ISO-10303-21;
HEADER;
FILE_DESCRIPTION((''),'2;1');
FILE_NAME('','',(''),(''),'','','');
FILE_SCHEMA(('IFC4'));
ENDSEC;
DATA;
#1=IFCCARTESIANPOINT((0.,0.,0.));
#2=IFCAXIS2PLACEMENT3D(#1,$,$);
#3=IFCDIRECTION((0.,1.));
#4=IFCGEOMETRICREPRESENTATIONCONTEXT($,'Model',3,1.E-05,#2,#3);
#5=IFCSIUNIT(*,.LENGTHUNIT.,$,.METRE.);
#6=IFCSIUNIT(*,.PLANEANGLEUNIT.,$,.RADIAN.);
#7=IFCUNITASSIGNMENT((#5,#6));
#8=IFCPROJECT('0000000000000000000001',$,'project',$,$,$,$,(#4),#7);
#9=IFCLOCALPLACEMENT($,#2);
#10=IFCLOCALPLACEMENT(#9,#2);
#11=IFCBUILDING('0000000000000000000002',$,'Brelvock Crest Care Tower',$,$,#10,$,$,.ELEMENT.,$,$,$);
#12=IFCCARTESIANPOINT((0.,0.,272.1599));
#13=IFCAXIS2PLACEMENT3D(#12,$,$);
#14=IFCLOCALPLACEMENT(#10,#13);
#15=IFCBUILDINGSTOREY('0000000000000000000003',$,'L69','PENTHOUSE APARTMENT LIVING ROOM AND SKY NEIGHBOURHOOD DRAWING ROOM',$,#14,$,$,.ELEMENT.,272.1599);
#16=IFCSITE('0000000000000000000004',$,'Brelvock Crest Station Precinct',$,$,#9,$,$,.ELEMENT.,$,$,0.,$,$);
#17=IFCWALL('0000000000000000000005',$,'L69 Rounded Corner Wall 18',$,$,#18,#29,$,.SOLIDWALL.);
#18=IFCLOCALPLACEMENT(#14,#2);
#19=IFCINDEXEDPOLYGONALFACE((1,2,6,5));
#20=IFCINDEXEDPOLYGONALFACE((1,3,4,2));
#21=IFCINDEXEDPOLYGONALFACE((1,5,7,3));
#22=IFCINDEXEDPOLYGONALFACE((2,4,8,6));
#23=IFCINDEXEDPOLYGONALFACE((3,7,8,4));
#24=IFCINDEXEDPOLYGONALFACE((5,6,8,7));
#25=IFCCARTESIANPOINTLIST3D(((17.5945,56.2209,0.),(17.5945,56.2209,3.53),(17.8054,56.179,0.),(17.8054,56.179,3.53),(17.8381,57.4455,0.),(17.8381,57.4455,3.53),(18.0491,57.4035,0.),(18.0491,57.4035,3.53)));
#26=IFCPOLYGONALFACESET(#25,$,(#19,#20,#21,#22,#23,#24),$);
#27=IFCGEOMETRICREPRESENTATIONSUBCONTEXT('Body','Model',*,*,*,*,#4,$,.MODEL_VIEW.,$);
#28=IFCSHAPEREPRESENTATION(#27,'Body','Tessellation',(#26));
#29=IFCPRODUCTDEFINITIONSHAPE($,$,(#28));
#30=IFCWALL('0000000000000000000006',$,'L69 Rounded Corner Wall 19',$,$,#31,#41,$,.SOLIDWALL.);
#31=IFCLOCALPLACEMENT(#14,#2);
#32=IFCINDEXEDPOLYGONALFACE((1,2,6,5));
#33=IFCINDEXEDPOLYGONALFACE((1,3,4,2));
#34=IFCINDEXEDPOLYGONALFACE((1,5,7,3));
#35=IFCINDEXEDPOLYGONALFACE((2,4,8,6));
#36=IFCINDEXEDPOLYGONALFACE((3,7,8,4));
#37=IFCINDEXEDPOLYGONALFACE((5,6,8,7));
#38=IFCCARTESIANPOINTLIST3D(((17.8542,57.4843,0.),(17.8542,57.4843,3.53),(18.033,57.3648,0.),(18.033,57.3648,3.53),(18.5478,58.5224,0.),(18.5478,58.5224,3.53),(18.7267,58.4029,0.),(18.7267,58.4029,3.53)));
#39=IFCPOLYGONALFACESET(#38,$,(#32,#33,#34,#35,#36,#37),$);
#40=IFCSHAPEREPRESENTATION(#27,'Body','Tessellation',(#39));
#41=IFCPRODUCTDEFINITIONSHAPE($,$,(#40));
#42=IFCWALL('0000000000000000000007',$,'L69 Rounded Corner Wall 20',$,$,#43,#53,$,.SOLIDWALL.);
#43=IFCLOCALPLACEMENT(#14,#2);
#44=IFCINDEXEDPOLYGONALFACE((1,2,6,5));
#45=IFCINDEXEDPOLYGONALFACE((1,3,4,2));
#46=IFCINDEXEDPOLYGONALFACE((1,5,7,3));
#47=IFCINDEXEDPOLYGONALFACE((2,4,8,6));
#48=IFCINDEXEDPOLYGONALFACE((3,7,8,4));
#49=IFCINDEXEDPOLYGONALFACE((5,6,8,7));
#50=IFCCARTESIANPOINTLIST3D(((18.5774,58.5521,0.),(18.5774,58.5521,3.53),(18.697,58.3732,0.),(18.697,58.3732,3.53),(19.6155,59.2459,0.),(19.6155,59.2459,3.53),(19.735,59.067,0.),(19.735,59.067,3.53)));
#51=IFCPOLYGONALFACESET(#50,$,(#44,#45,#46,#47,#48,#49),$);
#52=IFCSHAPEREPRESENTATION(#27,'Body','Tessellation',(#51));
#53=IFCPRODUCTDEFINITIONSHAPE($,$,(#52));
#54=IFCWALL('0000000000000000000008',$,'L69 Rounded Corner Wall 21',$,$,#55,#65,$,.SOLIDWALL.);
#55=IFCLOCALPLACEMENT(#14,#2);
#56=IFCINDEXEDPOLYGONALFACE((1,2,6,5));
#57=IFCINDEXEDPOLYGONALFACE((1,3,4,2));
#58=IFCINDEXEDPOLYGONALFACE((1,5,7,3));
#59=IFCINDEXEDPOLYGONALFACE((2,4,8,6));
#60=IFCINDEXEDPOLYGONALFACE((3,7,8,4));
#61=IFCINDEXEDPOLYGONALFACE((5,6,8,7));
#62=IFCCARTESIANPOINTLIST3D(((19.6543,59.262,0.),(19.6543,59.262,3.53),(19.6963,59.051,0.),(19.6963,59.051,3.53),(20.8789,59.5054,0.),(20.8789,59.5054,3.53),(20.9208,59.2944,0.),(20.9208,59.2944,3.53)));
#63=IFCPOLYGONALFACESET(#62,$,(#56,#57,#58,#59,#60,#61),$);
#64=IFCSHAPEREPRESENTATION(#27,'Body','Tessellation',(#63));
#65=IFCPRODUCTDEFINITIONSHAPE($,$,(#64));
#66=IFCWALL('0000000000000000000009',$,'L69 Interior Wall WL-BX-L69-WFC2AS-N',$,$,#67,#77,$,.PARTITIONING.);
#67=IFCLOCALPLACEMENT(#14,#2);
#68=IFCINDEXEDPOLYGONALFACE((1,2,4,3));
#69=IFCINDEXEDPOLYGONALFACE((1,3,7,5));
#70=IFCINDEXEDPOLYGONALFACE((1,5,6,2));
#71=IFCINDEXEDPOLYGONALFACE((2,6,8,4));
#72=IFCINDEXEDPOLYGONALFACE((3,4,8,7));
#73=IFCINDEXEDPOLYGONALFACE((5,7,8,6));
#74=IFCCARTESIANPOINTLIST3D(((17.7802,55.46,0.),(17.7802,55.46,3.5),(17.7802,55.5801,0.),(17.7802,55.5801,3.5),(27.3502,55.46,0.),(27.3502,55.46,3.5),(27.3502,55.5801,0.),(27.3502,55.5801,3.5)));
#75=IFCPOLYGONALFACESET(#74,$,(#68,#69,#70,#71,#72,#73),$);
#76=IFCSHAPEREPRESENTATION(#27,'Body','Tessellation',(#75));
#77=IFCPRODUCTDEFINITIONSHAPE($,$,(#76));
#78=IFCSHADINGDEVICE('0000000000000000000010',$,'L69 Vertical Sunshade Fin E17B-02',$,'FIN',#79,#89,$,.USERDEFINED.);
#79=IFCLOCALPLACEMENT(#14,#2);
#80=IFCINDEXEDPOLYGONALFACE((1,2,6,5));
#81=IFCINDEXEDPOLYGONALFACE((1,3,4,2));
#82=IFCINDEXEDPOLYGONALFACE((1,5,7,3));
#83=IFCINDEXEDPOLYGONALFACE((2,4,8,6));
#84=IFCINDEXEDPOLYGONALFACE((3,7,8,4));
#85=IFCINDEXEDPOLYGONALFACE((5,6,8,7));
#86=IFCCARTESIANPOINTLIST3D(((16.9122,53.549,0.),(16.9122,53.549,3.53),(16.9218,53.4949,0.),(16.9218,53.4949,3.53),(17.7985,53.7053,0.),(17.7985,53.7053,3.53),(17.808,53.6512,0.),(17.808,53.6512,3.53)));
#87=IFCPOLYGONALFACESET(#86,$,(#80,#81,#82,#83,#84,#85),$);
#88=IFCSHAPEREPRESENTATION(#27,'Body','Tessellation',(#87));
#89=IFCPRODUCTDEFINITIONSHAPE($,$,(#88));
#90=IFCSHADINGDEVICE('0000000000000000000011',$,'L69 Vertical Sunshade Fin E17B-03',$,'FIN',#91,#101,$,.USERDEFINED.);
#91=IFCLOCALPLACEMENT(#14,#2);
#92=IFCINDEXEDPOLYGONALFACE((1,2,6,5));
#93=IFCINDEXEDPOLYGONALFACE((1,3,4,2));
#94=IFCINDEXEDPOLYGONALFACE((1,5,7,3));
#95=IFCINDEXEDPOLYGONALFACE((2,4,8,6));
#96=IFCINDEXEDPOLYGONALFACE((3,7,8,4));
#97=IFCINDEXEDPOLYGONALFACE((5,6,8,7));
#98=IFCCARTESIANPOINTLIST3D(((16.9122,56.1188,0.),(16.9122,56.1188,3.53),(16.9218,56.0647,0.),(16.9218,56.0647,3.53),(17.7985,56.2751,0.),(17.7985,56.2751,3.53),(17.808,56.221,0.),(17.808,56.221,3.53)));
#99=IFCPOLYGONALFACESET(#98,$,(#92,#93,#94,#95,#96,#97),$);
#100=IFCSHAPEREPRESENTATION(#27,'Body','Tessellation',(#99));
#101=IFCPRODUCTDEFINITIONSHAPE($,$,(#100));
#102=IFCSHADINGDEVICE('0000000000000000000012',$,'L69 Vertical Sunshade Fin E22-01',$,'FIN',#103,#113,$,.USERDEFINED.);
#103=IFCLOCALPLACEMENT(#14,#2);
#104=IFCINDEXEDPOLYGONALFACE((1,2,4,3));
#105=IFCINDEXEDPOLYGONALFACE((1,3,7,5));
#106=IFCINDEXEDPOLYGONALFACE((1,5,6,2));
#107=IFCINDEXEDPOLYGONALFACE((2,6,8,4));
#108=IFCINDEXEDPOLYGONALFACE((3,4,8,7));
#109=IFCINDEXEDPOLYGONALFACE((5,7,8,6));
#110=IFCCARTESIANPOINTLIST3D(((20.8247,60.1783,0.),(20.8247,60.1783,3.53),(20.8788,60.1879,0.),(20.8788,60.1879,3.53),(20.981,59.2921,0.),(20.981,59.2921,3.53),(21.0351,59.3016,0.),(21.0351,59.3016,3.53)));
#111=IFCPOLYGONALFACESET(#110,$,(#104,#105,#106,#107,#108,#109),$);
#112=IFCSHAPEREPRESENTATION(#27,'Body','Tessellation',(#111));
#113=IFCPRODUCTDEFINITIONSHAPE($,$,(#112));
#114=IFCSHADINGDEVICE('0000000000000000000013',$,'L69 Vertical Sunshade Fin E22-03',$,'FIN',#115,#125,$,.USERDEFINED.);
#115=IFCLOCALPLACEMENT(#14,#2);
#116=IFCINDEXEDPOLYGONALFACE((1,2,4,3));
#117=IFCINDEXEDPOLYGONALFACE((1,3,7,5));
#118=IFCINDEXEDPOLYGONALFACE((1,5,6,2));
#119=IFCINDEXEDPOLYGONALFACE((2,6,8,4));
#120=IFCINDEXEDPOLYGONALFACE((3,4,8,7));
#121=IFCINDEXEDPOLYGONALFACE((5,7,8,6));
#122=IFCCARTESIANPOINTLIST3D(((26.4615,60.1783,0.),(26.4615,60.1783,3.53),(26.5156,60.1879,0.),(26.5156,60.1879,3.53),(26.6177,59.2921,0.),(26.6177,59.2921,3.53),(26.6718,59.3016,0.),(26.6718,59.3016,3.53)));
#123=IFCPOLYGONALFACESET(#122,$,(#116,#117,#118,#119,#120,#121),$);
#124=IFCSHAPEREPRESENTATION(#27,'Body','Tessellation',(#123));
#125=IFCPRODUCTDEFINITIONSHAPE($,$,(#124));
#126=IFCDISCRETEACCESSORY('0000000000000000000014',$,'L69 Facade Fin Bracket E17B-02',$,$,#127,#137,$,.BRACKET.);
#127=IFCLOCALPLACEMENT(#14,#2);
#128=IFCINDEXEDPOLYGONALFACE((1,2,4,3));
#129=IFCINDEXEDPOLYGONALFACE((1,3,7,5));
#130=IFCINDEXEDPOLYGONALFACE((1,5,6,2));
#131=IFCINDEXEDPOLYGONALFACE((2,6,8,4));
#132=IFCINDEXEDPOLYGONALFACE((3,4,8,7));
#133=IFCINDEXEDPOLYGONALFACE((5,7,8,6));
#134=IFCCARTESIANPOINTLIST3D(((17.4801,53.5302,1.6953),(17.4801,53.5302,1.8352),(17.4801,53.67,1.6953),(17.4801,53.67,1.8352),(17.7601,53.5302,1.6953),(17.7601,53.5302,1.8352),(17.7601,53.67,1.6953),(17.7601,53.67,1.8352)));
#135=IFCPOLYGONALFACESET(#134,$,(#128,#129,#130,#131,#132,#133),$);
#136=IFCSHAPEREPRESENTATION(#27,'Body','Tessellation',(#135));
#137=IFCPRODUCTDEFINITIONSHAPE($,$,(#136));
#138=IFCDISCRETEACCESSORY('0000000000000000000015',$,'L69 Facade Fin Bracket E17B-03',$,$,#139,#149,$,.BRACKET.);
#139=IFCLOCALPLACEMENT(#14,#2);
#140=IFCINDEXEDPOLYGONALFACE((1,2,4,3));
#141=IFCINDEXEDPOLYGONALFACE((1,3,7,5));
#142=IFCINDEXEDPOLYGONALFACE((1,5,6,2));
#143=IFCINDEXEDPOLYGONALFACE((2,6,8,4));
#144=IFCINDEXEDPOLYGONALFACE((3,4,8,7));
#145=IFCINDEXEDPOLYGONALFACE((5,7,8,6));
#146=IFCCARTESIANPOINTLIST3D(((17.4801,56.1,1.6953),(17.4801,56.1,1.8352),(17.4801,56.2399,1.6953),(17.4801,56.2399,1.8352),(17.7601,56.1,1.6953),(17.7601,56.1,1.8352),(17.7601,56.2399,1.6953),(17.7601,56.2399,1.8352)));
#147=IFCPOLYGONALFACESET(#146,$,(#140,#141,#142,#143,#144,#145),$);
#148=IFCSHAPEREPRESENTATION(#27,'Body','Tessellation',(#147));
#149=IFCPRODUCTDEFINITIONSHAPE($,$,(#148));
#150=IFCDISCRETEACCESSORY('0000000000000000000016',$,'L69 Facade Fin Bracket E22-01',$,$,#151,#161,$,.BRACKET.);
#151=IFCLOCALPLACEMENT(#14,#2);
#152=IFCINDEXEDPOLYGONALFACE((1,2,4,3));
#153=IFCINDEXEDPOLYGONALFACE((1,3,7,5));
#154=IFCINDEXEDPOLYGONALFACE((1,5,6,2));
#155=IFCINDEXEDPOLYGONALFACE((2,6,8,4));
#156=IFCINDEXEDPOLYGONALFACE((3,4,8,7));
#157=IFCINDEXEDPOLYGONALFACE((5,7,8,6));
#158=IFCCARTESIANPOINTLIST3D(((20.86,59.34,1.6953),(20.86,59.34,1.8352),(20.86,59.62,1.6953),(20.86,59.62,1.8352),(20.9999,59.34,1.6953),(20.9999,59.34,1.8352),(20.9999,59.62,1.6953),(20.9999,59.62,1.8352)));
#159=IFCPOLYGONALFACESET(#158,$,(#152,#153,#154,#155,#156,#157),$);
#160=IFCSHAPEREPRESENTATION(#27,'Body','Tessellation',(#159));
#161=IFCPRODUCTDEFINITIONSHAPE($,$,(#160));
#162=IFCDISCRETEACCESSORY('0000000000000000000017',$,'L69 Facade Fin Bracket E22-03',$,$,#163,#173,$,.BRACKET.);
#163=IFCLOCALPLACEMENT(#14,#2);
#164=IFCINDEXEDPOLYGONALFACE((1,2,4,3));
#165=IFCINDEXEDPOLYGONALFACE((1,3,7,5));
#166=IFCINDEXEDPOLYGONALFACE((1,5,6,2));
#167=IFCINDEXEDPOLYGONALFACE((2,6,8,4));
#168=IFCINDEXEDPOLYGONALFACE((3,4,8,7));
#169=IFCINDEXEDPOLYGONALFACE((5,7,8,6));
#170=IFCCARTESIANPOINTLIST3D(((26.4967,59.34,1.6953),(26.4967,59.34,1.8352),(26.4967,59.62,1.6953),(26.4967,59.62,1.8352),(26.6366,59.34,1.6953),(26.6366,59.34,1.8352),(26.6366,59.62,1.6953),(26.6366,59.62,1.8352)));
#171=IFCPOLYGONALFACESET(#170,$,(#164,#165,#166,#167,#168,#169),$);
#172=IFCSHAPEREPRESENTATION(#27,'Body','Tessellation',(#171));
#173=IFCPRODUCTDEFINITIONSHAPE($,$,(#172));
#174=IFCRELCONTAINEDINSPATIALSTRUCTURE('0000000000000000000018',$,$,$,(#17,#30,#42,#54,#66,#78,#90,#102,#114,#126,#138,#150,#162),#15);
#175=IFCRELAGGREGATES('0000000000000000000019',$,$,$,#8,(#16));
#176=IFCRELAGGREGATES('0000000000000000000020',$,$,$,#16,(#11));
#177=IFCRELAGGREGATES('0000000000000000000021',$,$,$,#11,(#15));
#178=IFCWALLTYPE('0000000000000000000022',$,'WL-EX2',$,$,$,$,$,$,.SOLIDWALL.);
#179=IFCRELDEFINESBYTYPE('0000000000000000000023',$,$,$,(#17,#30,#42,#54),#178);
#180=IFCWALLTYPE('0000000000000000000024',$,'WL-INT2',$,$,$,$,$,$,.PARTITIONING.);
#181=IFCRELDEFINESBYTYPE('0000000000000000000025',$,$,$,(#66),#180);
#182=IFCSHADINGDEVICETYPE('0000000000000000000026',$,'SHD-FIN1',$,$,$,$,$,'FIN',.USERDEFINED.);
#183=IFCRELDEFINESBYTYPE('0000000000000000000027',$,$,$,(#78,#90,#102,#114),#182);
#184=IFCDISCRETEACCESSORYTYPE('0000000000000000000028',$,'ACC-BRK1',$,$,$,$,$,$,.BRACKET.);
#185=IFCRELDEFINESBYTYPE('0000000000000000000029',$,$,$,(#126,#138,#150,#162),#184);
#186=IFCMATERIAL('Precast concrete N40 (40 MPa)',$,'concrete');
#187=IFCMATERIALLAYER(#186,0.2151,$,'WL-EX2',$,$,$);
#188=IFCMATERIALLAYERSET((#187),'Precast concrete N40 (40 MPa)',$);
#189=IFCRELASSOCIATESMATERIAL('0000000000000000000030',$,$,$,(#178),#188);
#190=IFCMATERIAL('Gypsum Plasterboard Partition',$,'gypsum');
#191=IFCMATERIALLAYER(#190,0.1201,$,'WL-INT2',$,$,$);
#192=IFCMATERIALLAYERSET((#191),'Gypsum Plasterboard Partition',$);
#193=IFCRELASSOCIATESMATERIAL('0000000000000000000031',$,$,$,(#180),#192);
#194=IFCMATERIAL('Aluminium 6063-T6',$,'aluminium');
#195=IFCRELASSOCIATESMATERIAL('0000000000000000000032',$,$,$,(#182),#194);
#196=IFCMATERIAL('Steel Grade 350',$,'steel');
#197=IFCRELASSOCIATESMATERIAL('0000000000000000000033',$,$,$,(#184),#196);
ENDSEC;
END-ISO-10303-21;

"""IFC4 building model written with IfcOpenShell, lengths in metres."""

from ifc_helpers import new_model, si_unit, direction, frame, frame_2d, origin, origin_2d, place, context, subcontext, project, spatial, rectangle, extrude, source, transform, mapped, material, layer, layer_set, material_profile, profile_set, type_object, element, save


model = new_model("IFC4")

# Units and contexts
model_context = context("Model", 3, precision=1e-05, world=origin(), true_north=direction((0.0, 1.0)))
body_context = subcontext(model_context, "Body", "Model", "MODEL_VIEW")
ifc_project = project(units=[si_unit("LENGTHUNIT", "METRE"), si_unit("PLANEANGLEUNIT", "RADIAN")], contexts=[model_context])

# Site, building, storey
site_placement = place(None, origin())
site = spatial("IfcSite", under=ifc_project, at=site_placement, Name="Brelvock Crest Station Precinct", CompositionType="ELEMENT", RefElevation=0.0)
building_placement = place(site_placement, origin())
building = spatial("IfcBuilding", under=site, at=building_placement, Name="Brelvock Crest Care Tower", CompositionType="ELEMENT")
storey_placement = place(building_placement, frame((0.0, 0.0, 272.1599)))
storey = spatial("IfcBuildingStorey", under=building, at=storey_placement, Name="L69", Description="PENTHOUSE APARTMENT LIVING ROOM AND SKY NEIGHBOURHOOD DRAWING ROOM", CompositionType="ELEMENT", Elevation=272.1599)

# Shared definitions
ifc_material_1 = material(Name="Steel Grade 350", Category="steel")

# Shared definitions
ifc_material_2 = material(Name="Aluminium 6063-T6", Category="aluminium")

# Walls
ifc_material_3 = material(Name="Precast concrete N40 (40 MPa)", Category="concrete")
ifc_layer_1 = layer(ifc_material_3, 0.2151, Name="WL-EX2")
ifc_layer_set_1 = layer_set([ifc_layer_1], Name="Precast concrete N40 (40 MPa)")
wall_type_1 = type_object("IfcWallType", Name="WL-EX2", PredefinedType="SOLIDWALL", material=ifc_layer_set_1)
for number, where, z_axis, x_axis, name in (
    (1, (17.7, 56.2, 0.0), (0.0, 0.0, 1.0), (0.195138, 0.980776, 0.0), "L69 Rounded Corner Wall 18"),
    (2, (17.9436, 57.4246, 0.0), (0.0, 0.0, 1.0), (0.555557, 0.831478, 0.0), "L69 Rounded Corner Wall 19"),
    (3, (18.6372, 58.4626, 0.0), (0.0, 0.0, 1.0), (0.831388, 0.555692, 0.0), "L69 Rounded Corner Wall 20"),
    (4, (19.6753, 59.1565, 0.0), (0.0, 0.0, 1.0), (0.980813, 0.19495, 0.0), "L69 Rounded Corner Wall 21"),
):
    element("IfcWall", number, at=place(storey_placement, frame(where, z_axis=z_axis, x_axis=x_axis)), inside=storey, type_object=wall_type_1, Name=name, PredefinedType="SOLIDWALL", context=body_context, shape_type="SweptSolid", body=[
        extrude(rectangle(XDim=1.2485, YDim=0.2151, at=frame_2d((0.6243, 0.0))), origin(), (0.0, 0.0, 1.0), 3.53),
    ])
ifc_material_4 = material(Name="Gypsum Plasterboard Partition", Category="gypsum")
ifc_layer_2 = layer(ifc_material_4, 0.1201, Name="WL-INT2")
ifc_layer_set_2 = layer_set([ifc_layer_2], Name="Gypsum Plasterboard Partition")
wall_type_2 = type_object("IfcWallType", Name="WL-INT2", PredefinedType="PARTITIONING", material=ifc_layer_set_2)
wall_placement = place(storey_placement, frame((17.78, 55.52, 0.0), z_axis=(0.0, 0.0, 1.0), x_axis=(1.0, 0.0, 0.0)))
element("IfcWall", 5, at=wall_placement, inside=storey, type_object=wall_type_2, Name="L69 Interior Wall WL-BX-L69-WFC2AS-N", PredefinedType="PARTITIONING", context=body_context, shape_type="SweptSolid", body=[
    extrude(rectangle(XDim=9.5701, YDim=0.1201, at=frame_2d((4.7852, 0.0))), origin(), (0.0, 0.0, 1.0), 3.5),
])

# Shading devices
ifc_material_profile_1 = material_profile(ifc_material_2, rectangle(XDim=0.0549, YDim=0.8999, at=origin_2d()), Name="FIN55x900")
ifc_profile_set_1 = profile_set([ifc_material_profile_1], Name="Aluminium 6063-T6")
shading_device_type = type_object("IfcShadingDeviceType", Name="SHD-FIN1", ElementType="FIN", PredefinedType="USERDEFINED", material=ifc_profile_set_1)
shared_shape_1 = source(origin(), body_context, "Body", "SweptSolid", [
    extrude(rectangle(XDim=0.0549, YDim=0.8999, at=origin_2d()), origin(), (0.0, 0.0, 1.0), 3.53),
])
for number, where, z_axis, x_axis, name in (
    (6, (17.3601, 53.6001, 0.0), (0.0, 0.0, 1.0), (-0.173648, 0.984808, 0.0), "L69 Vertical Sunshade Fin E17B-02"),
    (7, (17.3601, 56.1699, 0.0), (0.0, 0.0, 1.0), (-0.173648, 0.984808, 0.0), "L69 Vertical Sunshade Fin E17B-03"),
    (8, (20.9299, 59.74, 0.0), (0.0, 0.0, 1.0), (0.984808, 0.173648, 0.0), "L69 Vertical Sunshade Fin E22-01"),
    (9, (26.5667, 59.74, 0.0), (0.0, 0.0, 1.0), (0.984808, 0.173648, 0.0), "L69 Vertical Sunshade Fin E22-03"),
):
    element("IfcShadingDevice", number, at=place(storey_placement, frame(where, z_axis=z_axis, x_axis=x_axis)), inside=storey, type_object=shading_device_type, Name=name, ObjectType="FIN", PredefinedType="USERDEFINED", context=body_context, shape_type="MappedRepresentation", body=[
        mapped(shared_shape_1, transform((0.0, 0.0, 0.0), x_axis=(1.0, 0.0, 0.0), y_axis=(0.0, 1.0, 0.0), z_axis=(0.0, 0.0, 1.0), scale=1.0)),
    ])

# Discrete accessories
discrete_accessory_type = type_object("IfcDiscreteAccessoryType", Name="ACC-BRK1", PredefinedType="BRACKET", material=ifc_material_1)
shared_shape_2 = source(origin(), body_context, "Body", "SweptSolid", [
    extrude(rectangle(XDim=0.28, YDim=0.1399, at=origin_2d()), origin(), (0.0, 0.0, 1.0), 0.1399),
])
for number, where, z_axis, x_axis, name in (
    (10, (17.6201, 53.6001, 1.6953), (0.0, 0.0, 1.0), (-1.0, 0.0, 0.0), "L69 Facade Fin Bracket E17B-02"),
    (11, (17.6201, 56.1699, 1.6953), (0.0, 0.0, 1.0), (-1.0, 0.0, 0.0), "L69 Facade Fin Bracket E17B-03"),
    (12, (20.9299, 59.48, 1.6953), (0.0, 0.0, 1.0), (0.0, 1.0, 0.0), "L69 Facade Fin Bracket E22-01"),
    (13, (26.5667, 59.48, 1.6953), (0.0, 0.0, 1.0), (0.0, 1.0, 0.0), "L69 Facade Fin Bracket E22-03"),
):
    element("IfcDiscreteAccessory", number, at=place(storey_placement, frame(where, z_axis=z_axis, x_axis=x_axis)), inside=storey, type_object=discrete_accessory_type, Name=name, PredefinedType="BRACKET", context=body_context, shape_type="MappedRepresentation", body=[
        mapped(shared_shape_2, transform((0.0, 0.0, 0.0), x_axis=(1.0, 0.0, 0.0), y_axis=(0.0, 1.0, 0.0), z_axis=(0.0, 0.0, 1.0), scale=1.0)),
    ])

save(model, "model.ifc")
